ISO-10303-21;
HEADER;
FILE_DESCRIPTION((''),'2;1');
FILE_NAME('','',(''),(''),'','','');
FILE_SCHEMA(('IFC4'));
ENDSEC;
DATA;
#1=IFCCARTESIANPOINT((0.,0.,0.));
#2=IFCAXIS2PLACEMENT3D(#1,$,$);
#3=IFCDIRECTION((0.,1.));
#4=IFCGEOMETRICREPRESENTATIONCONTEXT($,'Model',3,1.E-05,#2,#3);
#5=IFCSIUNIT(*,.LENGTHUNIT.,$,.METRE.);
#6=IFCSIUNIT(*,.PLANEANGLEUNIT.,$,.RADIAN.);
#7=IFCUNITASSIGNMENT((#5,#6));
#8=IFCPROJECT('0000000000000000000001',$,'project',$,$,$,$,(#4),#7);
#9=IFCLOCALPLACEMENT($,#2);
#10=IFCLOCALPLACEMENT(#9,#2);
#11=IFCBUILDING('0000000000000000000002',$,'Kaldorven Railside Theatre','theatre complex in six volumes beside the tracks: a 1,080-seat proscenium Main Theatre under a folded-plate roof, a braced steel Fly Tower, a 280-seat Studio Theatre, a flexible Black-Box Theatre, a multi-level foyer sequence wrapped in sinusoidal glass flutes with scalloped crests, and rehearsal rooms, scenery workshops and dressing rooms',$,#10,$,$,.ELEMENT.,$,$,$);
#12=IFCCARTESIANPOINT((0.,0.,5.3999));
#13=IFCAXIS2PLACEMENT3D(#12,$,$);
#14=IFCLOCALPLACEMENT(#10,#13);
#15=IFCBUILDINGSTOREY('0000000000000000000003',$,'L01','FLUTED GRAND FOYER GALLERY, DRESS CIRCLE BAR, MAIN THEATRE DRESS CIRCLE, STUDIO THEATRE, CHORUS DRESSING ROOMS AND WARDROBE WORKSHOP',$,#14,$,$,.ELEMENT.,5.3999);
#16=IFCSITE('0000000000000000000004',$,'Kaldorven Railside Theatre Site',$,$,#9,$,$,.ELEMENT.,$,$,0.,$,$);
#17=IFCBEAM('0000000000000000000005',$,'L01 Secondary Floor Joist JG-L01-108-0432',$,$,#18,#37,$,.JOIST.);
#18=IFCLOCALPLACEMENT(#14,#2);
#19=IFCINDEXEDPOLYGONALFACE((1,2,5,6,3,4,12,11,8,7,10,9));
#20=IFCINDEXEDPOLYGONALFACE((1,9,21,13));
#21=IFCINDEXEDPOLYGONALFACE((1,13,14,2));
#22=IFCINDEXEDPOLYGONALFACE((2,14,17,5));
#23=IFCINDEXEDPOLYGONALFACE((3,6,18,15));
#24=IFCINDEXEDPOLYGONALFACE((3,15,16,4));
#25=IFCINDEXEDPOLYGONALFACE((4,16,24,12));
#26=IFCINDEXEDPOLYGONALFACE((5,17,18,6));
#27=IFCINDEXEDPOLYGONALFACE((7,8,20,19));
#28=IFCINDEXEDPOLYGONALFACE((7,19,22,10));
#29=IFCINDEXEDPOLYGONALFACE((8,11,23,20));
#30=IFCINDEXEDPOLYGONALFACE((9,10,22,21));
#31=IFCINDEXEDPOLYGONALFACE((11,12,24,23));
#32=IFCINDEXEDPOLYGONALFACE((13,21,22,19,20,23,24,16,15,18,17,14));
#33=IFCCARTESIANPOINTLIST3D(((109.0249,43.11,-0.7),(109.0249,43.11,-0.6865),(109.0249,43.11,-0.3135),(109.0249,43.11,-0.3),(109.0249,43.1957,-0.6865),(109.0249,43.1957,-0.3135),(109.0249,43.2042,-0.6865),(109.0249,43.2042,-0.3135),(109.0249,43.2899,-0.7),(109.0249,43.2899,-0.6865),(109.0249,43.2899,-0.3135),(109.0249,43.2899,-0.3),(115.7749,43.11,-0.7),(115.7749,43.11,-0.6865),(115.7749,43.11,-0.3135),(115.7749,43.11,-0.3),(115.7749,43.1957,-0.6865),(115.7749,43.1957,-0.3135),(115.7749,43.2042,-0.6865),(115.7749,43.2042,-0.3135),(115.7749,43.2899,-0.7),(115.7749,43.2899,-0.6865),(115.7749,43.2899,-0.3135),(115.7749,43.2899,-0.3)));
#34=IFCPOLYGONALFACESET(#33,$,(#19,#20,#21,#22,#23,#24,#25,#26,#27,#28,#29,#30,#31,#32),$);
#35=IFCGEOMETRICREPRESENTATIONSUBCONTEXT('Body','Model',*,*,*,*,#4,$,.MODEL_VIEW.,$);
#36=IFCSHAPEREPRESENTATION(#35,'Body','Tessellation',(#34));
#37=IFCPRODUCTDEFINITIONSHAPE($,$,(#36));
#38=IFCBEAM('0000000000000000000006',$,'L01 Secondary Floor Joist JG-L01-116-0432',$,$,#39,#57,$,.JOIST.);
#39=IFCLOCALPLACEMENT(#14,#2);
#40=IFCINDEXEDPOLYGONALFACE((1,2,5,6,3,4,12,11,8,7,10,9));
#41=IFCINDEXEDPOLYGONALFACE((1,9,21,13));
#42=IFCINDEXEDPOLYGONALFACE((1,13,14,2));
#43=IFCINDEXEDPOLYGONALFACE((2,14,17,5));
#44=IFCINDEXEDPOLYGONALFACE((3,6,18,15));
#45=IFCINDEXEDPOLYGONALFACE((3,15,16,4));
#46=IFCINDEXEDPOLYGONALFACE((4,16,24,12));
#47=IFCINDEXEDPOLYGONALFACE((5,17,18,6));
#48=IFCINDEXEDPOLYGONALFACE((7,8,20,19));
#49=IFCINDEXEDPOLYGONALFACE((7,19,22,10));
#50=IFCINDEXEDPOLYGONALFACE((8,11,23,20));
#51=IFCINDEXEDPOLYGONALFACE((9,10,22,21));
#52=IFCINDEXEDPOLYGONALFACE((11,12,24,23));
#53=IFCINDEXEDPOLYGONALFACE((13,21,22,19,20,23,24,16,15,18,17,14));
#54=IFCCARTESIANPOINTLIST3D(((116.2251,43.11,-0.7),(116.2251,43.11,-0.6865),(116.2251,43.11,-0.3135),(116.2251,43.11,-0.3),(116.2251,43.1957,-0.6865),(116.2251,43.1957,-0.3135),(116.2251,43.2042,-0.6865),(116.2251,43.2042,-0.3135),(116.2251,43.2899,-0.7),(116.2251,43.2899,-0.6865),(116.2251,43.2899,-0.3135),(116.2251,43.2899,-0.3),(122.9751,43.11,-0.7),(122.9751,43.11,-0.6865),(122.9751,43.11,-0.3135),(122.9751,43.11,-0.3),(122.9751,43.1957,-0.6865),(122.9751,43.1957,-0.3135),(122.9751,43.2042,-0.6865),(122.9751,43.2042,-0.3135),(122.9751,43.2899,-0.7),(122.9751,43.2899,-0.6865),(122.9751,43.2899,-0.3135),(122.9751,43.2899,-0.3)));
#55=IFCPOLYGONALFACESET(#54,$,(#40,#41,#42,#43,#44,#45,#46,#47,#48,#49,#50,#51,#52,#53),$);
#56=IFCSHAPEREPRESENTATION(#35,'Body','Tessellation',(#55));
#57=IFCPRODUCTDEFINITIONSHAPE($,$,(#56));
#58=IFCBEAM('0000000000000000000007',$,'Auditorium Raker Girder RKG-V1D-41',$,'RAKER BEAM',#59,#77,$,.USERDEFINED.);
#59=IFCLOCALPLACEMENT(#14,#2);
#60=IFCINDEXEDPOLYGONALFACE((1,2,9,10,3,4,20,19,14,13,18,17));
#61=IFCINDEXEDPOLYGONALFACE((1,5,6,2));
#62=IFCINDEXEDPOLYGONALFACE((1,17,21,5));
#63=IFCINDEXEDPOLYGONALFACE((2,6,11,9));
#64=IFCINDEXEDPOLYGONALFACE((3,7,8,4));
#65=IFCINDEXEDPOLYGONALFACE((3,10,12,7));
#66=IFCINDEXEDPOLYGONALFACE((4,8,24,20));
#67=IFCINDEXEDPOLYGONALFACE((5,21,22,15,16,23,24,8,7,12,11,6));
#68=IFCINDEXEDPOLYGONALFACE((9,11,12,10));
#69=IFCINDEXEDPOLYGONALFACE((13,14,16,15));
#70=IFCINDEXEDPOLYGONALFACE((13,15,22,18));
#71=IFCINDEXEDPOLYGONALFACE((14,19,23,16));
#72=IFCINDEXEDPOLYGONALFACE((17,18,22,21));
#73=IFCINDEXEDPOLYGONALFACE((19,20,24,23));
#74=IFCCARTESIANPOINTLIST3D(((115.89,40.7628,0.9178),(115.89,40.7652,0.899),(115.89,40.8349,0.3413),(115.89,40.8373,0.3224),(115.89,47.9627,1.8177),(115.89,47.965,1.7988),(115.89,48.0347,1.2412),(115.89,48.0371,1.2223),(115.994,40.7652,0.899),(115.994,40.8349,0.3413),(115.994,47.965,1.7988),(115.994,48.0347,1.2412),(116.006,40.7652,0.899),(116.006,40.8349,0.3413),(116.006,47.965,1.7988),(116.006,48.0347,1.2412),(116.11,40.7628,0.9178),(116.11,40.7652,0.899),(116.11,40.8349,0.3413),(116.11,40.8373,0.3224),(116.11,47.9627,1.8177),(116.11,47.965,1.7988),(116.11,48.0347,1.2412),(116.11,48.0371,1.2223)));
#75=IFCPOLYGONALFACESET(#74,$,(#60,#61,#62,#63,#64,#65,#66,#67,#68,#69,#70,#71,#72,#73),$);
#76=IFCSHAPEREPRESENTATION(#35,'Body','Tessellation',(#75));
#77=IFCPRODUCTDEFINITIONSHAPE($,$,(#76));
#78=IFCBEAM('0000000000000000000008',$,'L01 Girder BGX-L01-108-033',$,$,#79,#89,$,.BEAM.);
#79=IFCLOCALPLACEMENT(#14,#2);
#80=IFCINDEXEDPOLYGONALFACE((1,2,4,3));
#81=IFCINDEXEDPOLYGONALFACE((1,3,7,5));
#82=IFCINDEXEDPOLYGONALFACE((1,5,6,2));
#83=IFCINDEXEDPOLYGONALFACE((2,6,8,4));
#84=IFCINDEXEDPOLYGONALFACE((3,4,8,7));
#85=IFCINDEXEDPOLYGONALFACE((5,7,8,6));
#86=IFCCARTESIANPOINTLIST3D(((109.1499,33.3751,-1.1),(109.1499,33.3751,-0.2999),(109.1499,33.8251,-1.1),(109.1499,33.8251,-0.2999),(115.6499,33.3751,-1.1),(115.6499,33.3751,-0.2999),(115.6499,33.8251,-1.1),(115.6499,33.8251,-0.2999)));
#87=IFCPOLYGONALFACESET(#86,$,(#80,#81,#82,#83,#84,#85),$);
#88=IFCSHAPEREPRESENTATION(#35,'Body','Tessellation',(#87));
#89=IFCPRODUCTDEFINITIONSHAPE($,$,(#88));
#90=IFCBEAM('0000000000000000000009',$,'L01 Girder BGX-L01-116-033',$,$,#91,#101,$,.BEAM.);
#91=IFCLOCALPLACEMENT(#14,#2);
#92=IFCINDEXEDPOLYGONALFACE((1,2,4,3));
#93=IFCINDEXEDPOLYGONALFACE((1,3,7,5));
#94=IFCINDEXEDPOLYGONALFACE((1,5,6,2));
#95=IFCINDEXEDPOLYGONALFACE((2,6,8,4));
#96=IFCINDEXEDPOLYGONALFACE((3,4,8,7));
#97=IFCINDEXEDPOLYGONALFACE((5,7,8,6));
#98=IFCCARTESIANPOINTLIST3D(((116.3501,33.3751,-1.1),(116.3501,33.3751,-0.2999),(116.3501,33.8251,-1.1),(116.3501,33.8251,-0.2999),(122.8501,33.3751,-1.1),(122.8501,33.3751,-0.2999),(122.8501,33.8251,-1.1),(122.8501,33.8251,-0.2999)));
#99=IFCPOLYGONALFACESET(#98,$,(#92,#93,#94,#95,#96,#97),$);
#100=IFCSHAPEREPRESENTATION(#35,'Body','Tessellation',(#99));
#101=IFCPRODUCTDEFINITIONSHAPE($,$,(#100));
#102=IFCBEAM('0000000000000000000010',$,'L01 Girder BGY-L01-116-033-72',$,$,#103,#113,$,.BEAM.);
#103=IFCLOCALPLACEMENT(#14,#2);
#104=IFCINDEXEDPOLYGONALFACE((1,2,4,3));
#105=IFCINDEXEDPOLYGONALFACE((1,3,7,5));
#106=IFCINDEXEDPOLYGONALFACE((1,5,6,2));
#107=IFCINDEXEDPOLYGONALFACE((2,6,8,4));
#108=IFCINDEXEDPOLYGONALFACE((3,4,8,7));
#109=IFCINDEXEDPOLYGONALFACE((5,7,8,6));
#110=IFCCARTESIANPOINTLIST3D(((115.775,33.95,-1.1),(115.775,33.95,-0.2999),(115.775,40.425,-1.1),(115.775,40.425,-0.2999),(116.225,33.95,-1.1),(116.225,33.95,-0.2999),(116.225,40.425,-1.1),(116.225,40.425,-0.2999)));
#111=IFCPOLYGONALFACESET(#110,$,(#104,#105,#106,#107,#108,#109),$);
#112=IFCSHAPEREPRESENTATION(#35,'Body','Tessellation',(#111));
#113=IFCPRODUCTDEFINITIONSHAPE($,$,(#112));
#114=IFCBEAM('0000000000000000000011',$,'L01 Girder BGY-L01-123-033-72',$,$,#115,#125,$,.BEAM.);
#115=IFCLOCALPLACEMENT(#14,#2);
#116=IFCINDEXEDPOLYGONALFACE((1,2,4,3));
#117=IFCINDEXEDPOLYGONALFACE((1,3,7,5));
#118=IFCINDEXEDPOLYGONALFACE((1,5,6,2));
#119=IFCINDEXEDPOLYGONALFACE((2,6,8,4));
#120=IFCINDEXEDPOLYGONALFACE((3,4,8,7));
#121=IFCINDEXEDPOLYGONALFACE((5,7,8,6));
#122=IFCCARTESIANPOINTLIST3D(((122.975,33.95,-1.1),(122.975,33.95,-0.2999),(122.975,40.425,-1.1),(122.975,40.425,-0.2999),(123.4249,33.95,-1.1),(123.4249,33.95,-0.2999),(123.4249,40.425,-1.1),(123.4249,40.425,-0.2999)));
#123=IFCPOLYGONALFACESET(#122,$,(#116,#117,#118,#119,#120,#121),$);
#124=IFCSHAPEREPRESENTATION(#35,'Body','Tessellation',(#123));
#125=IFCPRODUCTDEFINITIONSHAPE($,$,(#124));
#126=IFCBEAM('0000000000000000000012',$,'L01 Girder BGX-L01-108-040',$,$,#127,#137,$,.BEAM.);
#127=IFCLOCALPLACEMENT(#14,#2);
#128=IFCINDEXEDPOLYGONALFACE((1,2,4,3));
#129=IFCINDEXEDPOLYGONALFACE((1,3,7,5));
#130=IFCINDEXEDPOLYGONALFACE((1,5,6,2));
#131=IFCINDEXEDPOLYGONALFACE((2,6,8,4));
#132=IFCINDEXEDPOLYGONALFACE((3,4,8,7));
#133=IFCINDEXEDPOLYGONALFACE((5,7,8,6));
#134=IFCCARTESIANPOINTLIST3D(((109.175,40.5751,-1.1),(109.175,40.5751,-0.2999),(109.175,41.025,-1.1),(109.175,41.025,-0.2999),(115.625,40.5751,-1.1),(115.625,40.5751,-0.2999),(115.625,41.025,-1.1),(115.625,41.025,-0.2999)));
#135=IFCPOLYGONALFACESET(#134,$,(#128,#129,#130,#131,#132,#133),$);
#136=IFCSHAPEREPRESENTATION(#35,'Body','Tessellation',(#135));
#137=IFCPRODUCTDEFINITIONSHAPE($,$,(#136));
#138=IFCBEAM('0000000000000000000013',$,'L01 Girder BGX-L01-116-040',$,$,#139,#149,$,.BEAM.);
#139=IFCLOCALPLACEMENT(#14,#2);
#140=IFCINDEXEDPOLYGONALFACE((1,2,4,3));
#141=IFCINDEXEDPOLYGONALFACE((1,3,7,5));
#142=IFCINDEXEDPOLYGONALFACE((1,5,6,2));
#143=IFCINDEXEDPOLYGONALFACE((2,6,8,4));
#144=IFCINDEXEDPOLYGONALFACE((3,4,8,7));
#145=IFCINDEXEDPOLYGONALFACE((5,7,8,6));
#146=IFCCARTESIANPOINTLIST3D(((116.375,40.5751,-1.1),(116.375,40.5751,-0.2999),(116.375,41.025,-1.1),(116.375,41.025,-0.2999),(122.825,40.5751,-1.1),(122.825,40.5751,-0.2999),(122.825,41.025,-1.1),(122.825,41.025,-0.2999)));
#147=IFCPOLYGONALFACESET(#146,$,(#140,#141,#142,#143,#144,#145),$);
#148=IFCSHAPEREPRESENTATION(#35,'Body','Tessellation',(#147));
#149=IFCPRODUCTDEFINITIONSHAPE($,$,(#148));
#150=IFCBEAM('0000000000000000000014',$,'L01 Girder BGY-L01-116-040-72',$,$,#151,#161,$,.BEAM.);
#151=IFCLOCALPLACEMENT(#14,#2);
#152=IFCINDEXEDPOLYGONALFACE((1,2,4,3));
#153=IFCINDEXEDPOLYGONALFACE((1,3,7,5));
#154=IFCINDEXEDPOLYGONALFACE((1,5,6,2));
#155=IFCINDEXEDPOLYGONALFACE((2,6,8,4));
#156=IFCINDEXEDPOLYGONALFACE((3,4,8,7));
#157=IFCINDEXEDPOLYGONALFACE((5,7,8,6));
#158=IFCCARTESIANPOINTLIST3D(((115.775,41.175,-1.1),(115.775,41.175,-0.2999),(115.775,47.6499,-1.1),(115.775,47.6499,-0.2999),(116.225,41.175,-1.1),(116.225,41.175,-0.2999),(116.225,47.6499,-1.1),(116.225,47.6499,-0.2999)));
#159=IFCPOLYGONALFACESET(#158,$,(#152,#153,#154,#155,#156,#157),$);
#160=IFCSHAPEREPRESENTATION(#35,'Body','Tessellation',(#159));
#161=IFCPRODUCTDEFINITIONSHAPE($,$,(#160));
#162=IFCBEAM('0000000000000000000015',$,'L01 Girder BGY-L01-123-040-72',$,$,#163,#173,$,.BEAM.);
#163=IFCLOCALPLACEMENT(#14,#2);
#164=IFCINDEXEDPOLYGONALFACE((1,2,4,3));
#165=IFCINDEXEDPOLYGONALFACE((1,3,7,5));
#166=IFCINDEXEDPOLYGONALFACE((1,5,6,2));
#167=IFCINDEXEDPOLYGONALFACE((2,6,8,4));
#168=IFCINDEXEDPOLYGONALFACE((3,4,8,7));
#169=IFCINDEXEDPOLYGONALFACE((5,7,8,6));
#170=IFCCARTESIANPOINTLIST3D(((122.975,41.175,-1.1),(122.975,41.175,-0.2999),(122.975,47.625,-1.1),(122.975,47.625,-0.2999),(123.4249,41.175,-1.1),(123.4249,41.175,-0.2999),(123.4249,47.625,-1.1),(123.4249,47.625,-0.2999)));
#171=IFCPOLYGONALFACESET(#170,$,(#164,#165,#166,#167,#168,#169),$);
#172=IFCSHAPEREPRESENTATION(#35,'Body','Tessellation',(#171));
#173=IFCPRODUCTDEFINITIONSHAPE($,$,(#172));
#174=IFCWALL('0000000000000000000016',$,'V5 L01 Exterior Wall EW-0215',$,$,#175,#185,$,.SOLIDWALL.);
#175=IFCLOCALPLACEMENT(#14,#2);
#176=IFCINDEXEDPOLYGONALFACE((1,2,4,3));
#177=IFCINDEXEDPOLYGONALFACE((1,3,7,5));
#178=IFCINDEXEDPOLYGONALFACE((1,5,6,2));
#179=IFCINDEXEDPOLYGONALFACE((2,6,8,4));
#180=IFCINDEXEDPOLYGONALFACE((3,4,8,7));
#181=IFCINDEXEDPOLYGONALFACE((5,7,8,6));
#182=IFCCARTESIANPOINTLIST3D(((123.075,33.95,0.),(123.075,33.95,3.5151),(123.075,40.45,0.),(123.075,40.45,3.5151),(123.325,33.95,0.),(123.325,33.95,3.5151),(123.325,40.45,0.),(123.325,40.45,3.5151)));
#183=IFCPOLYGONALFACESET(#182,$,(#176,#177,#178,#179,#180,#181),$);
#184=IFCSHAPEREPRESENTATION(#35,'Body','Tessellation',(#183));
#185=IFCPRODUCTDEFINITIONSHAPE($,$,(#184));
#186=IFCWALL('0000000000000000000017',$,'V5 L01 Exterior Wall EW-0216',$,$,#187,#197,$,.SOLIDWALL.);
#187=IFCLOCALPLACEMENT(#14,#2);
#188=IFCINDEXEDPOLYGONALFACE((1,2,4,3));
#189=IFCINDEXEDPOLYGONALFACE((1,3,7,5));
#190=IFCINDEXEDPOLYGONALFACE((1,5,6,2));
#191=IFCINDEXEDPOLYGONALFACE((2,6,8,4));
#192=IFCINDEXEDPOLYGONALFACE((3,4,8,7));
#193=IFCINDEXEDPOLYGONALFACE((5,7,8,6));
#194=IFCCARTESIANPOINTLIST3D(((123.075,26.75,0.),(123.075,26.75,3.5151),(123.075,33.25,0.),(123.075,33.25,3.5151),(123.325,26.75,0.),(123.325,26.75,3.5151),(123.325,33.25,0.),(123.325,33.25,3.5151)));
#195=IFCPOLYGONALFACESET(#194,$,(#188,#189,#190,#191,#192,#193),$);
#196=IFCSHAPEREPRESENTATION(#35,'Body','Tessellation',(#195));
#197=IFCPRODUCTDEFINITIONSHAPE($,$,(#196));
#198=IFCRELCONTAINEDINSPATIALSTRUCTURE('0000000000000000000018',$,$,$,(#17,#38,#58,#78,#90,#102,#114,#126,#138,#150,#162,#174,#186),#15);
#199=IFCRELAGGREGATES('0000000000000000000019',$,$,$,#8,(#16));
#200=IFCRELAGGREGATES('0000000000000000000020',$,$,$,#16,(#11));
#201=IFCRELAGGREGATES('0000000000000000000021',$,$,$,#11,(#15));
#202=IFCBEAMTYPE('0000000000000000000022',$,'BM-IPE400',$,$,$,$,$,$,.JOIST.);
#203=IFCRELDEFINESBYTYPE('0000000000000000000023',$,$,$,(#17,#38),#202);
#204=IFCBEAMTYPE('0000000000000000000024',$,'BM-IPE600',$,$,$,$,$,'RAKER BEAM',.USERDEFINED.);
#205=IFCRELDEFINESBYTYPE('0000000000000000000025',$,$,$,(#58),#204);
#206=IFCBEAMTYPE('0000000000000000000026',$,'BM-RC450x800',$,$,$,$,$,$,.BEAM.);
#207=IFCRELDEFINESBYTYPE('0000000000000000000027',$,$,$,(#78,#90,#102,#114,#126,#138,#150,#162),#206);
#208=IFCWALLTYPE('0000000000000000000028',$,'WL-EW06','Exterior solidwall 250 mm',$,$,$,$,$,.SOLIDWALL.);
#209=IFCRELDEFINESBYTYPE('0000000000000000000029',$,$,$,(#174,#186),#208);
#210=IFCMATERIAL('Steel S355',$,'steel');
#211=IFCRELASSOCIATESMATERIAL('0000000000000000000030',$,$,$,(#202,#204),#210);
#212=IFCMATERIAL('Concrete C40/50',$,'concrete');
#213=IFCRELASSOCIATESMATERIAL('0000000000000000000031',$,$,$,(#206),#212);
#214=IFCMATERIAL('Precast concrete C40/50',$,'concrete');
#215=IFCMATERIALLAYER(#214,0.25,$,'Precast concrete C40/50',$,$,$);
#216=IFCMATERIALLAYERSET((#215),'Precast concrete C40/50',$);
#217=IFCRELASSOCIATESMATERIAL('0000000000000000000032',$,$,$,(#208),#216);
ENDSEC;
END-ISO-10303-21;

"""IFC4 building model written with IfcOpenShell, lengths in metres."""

from ifc_helpers import new_model, si_unit, direction, frame, frame_2d, origin, origin_2d, place, context, subcontext, project, spatial, rectangle, i_section, extrude, material, layer, layer_set, material_profile, profile_set, type_object, element, save


model = new_model("IFC4")

# Units and contexts
model_context = context("Model", 3, precision=1e-05, world=origin(), true_north=direction((0.0, 1.0)))
body_context = subcontext(model_context, "Body", "Model", "MODEL_VIEW")
ifc_project = project(units=[si_unit("LENGTHUNIT", "METRE"), si_unit("PLANEANGLEUNIT", "RADIAN")], contexts=[model_context])

# Site, building, storey
site_placement = place(None, origin())
site = spatial("IfcSite", under=ifc_project, at=site_placement, Name="Kaldorven Railside Theatre Site", CompositionType="ELEMENT", RefElevation=0.0)
building_placement = place(site_placement, origin())
building = spatial("IfcBuilding", under=site, at=building_placement, Name="Kaldorven Railside Theatre", Description="theatre complex in six volumes beside the tracks: a 1,080-seat proscenium Main Theatre under a folded-plate roof, a braced steel Fly Tower, a 280-seat Studio Theatre, a flexible Black-Box Theatre, a multi-level foyer sequence wrapped in sinusoidal glass flutes with scalloped crests, and rehearsal rooms, scenery workshops and dressing rooms", CompositionType="ELEMENT")
storey_placement = place(building_placement, frame((0.0, 0.0, 5.3999)))
storey = spatial("IfcBuildingStorey", under=building, at=storey_placement, Name="L01", Description="FLUTED GRAND FOYER GALLERY, DRESS CIRCLE BAR, MAIN THEATRE DRESS CIRCLE, STUDIO THEATRE, CHORUS DRESSING ROOMS AND WARDROBE WORKSHOP", CompositionType="ELEMENT", Elevation=5.3999)

# Shared definitions
ifc_material_1 = material(Name="Concrete C40/50", Category="concrete")

# Beams
ifc_material_2 = material(Name="Steel S355", Category="steel")
ifc_material_profile_1 = material_profile(ifc_material_2, i_section(OverallWidth=0.1799, OverallDepth=0.3999, WebThickness=0.0085, FlangeThickness=0.0134, at=origin_2d()), Name="IPE 400")
ifc_profile_set_1 = profile_set([ifc_material_profile_1], Name="Steel S355")
beam_type_1 = type_object("IfcBeamType", Name="BM-IPE400", PredefinedType="JOIST", material=ifc_profile_set_1)
for number, where, z_axis, x_axis, name in (
    (1, (109.0249, 43.2, -0.5), (1.0, 0.0, 0.0), (0.0, 1.0, 0.0), "L01 Secondary Floor Joist JG-L01-108-0432"),
    (2, (116.2251, 43.2, -0.5), (1.0, 0.0, 0.0), (0.0, 1.0, 0.0), "L01 Secondary Floor Joist JG-L01-116-0432"),
):
    element("IfcBeam", number, at=place(storey_placement, frame(where, z_axis=z_axis, x_axis=x_axis)), inside=storey, type_object=beam_type_1, Name=name, PredefinedType="JOIST", context=body_context, shape_type="SweptSolid", body=[
        extrude(i_section(OverallWidth=0.1799, OverallDepth=0.3999, WebThickness=0.0085, FlangeThickness=0.0134, at=origin_2d()), origin(), (0.0, 0.0, 1.0), 6.75),
    ])
ifc_material_profile_2 = material_profile(ifc_material_2, i_section(OverallWidth=0.22, OverallDepth=0.6001, WebThickness=0.012, FlangeThickness=0.019, at=origin_2d()), Name="IPE 600")
ifc_profile_set_2 = profile_set([ifc_material_profile_2], Name="Steel S355")
beam_type_2 = type_object("IfcBeamType", Name="BM-IPE600", ElementType="RAKER BEAM", PredefinedType="USERDEFINED", material=ifc_profile_set_2)
beam_1_placement = place(storey_placement, frame((116.0, 40.8, 0.6201), z_axis=(0.0, 0.992279, 0.124022), x_axis=(-1.0, 0.0, 0.0)))
element("IfcBeam", 3, at=beam_1_placement, inside=storey, type_object=beam_type_2, Name="Auditorium Raker Girder RKG-V1D-41", ObjectType="RAKER BEAM", PredefinedType="USERDEFINED", context=body_context, shape_type="SweptSolid", body=[
    extrude(i_section(OverallWidth=0.22, OverallDepth=0.6001, WebThickness=0.012, FlangeThickness=0.019, at=origin_2d()), origin(), (0.0, 0.0, 1.0), 7.2559),
])
ifc_material_profile_3 = material_profile(ifc_material_1, rectangle(XDim=0.45, YDim=0.8, at=origin_2d()), Name="RC 450x800")
ifc_profile_set_3 = profile_set([ifc_material_profile_3], Name="Concrete C40/50")
beam_type_3 = type_object("IfcBeamType", Name="BM-RC450x800", PredefinedType="BEAM", material=ifc_profile_set_3)
for number, where, z_axis, x_axis, name in (
    (4, (109.1499, 33.6001, -0.7), (1.0, 0.0, 0.0), (0.0, 1.0, 0.0), "L01 Girder BGX-L01-108-033"),
    (5, (116.3501, 33.6001, -0.7), (1.0, 0.0, 0.0), (0.0, 1.0, 0.0), "L01 Girder BGX-L01-116-033"),
):
    element("IfcBeam", number, at=place(storey_placement, frame(where, z_axis=z_axis, x_axis=x_axis)), inside=storey, type_object=beam_type_3, Name=name, PredefinedType="BEAM", context=body_context, shape_type="SweptSolid", body=[
        extrude(rectangle(XDim=0.45, YDim=0.8, at=origin_2d()), origin(), (0.0, 0.0, 1.0), 6.5),
    ])
for number, where, z_axis, x_axis, name in (
    (6, (116.0, 33.95, -0.7), (0.0, 1.0, 0.0), (-1.0, 0.0, 0.0), "L01 Girder BGY-L01-116-033-72"),
    (7, (123.2, 33.95, -0.7), (0.0, 1.0, 0.0), (-1.0, 0.0, 0.0), "L01 Girder BGY-L01-123-033-72"),
):
    element("IfcBeam", number, at=place(storey_placement, frame(where, z_axis=z_axis, x_axis=x_axis)), inside=storey, type_object=beam_type_3, Name=name, PredefinedType="BEAM", context=body_context, shape_type="SweptSolid", body=[
        extrude(rectangle(XDim=0.45, YDim=0.8, at=origin_2d()), origin(), (0.0, 0.0, 1.0), 6.4751),
    ])
for number, where, z_axis, x_axis, name in (
    (8, (109.175, 40.8, -0.7), (1.0, 0.0, 0.0), (0.0, 1.0, 0.0), "L01 Girder BGX-L01-108-040"),
    (9, (116.375, 40.8, -0.7), (1.0, 0.0, 0.0), (0.0, 1.0, 0.0), "L01 Girder BGX-L01-116-040"),
):
    element("IfcBeam", number, at=place(storey_placement, frame(where, z_axis=z_axis, x_axis=x_axis)), inside=storey, type_object=beam_type_3, Name=name, PredefinedType="BEAM", context=body_context, shape_type="SweptSolid", body=[
        extrude(rectangle(XDim=0.45, YDim=0.8, at=origin_2d()), origin(), (0.0, 0.0, 1.0), 6.45),
    ])
beam_2_placement = place(storey_placement, frame((116.0, 41.175, -0.7), z_axis=(0.0, 1.0, 0.0), x_axis=(-1.0, 0.0, 0.0)))
element("IfcBeam", 10, at=beam_2_placement, inside=storey, type_object=beam_type_3, Name="L01 Girder BGY-L01-116-040-72", PredefinedType="BEAM", context=body_context, shape_type="SweptSolid", body=[
    extrude(rectangle(XDim=0.45, YDim=0.8, at=origin_2d()), origin(), (0.0, 0.0, 1.0), 6.4749),
])
beam_3_placement = place(storey_placement, frame((123.2, 41.175, -0.7), z_axis=(0.0, 1.0, 0.0), x_axis=(-1.0, 0.0, 0.0)))
element("IfcBeam", 11, at=beam_3_placement, inside=storey, type_object=beam_type_3, Name="L01 Girder BGY-L01-123-040-72", PredefinedType="BEAM", context=body_context, shape_type="SweptSolid", body=[
    extrude(rectangle(XDim=0.45, YDim=0.8, at=origin_2d()), origin(), (0.0, 0.0, 1.0), 6.45),
])

# Walls
ifc_material_3 = material(Name="Precast concrete C40/50", Category="concrete")
ifc_layer_1 = layer(ifc_material_3, 0.25, Name="Precast concrete C40/50")
ifc_layer_set_1 = layer_set([ifc_layer_1], Name="Precast concrete C40/50")
wall_type_1 = type_object("IfcWallType", Name="WL-EW06", Description="Exterior solidwall 250 mm", PredefinedType="SOLIDWALL", material=ifc_layer_set_1)
for number, where, z_axis, x_axis, name in (
    (12, (123.2, 40.45, 0.0), (0.0, 0.0, 1.0), (0.0, -1.0, 0.0), "V5 L01 Exterior Wall EW-0215"),
    (13, (123.2, 33.25, 0.0), (0.0, 0.0, 1.0), (0.0, -1.0, 0.0), "V5 L01 Exterior Wall EW-0216"),
):
    element("IfcWall", number, at=place(storey_placement, frame(where, z_axis=z_axis, x_axis=x_axis)), inside=storey, type_object=wall_type_1, Name=name, PredefinedType="SOLIDWALL", context=body_context, shape_type="SweptSolid", body=[
        extrude(rectangle(XDim=6.5, YDim=0.25, at=frame_2d((3.25, 0.0))), origin(), (0.0, 0.0, 1.0), 3.5151),
    ])

save(model, "model.ifc")
